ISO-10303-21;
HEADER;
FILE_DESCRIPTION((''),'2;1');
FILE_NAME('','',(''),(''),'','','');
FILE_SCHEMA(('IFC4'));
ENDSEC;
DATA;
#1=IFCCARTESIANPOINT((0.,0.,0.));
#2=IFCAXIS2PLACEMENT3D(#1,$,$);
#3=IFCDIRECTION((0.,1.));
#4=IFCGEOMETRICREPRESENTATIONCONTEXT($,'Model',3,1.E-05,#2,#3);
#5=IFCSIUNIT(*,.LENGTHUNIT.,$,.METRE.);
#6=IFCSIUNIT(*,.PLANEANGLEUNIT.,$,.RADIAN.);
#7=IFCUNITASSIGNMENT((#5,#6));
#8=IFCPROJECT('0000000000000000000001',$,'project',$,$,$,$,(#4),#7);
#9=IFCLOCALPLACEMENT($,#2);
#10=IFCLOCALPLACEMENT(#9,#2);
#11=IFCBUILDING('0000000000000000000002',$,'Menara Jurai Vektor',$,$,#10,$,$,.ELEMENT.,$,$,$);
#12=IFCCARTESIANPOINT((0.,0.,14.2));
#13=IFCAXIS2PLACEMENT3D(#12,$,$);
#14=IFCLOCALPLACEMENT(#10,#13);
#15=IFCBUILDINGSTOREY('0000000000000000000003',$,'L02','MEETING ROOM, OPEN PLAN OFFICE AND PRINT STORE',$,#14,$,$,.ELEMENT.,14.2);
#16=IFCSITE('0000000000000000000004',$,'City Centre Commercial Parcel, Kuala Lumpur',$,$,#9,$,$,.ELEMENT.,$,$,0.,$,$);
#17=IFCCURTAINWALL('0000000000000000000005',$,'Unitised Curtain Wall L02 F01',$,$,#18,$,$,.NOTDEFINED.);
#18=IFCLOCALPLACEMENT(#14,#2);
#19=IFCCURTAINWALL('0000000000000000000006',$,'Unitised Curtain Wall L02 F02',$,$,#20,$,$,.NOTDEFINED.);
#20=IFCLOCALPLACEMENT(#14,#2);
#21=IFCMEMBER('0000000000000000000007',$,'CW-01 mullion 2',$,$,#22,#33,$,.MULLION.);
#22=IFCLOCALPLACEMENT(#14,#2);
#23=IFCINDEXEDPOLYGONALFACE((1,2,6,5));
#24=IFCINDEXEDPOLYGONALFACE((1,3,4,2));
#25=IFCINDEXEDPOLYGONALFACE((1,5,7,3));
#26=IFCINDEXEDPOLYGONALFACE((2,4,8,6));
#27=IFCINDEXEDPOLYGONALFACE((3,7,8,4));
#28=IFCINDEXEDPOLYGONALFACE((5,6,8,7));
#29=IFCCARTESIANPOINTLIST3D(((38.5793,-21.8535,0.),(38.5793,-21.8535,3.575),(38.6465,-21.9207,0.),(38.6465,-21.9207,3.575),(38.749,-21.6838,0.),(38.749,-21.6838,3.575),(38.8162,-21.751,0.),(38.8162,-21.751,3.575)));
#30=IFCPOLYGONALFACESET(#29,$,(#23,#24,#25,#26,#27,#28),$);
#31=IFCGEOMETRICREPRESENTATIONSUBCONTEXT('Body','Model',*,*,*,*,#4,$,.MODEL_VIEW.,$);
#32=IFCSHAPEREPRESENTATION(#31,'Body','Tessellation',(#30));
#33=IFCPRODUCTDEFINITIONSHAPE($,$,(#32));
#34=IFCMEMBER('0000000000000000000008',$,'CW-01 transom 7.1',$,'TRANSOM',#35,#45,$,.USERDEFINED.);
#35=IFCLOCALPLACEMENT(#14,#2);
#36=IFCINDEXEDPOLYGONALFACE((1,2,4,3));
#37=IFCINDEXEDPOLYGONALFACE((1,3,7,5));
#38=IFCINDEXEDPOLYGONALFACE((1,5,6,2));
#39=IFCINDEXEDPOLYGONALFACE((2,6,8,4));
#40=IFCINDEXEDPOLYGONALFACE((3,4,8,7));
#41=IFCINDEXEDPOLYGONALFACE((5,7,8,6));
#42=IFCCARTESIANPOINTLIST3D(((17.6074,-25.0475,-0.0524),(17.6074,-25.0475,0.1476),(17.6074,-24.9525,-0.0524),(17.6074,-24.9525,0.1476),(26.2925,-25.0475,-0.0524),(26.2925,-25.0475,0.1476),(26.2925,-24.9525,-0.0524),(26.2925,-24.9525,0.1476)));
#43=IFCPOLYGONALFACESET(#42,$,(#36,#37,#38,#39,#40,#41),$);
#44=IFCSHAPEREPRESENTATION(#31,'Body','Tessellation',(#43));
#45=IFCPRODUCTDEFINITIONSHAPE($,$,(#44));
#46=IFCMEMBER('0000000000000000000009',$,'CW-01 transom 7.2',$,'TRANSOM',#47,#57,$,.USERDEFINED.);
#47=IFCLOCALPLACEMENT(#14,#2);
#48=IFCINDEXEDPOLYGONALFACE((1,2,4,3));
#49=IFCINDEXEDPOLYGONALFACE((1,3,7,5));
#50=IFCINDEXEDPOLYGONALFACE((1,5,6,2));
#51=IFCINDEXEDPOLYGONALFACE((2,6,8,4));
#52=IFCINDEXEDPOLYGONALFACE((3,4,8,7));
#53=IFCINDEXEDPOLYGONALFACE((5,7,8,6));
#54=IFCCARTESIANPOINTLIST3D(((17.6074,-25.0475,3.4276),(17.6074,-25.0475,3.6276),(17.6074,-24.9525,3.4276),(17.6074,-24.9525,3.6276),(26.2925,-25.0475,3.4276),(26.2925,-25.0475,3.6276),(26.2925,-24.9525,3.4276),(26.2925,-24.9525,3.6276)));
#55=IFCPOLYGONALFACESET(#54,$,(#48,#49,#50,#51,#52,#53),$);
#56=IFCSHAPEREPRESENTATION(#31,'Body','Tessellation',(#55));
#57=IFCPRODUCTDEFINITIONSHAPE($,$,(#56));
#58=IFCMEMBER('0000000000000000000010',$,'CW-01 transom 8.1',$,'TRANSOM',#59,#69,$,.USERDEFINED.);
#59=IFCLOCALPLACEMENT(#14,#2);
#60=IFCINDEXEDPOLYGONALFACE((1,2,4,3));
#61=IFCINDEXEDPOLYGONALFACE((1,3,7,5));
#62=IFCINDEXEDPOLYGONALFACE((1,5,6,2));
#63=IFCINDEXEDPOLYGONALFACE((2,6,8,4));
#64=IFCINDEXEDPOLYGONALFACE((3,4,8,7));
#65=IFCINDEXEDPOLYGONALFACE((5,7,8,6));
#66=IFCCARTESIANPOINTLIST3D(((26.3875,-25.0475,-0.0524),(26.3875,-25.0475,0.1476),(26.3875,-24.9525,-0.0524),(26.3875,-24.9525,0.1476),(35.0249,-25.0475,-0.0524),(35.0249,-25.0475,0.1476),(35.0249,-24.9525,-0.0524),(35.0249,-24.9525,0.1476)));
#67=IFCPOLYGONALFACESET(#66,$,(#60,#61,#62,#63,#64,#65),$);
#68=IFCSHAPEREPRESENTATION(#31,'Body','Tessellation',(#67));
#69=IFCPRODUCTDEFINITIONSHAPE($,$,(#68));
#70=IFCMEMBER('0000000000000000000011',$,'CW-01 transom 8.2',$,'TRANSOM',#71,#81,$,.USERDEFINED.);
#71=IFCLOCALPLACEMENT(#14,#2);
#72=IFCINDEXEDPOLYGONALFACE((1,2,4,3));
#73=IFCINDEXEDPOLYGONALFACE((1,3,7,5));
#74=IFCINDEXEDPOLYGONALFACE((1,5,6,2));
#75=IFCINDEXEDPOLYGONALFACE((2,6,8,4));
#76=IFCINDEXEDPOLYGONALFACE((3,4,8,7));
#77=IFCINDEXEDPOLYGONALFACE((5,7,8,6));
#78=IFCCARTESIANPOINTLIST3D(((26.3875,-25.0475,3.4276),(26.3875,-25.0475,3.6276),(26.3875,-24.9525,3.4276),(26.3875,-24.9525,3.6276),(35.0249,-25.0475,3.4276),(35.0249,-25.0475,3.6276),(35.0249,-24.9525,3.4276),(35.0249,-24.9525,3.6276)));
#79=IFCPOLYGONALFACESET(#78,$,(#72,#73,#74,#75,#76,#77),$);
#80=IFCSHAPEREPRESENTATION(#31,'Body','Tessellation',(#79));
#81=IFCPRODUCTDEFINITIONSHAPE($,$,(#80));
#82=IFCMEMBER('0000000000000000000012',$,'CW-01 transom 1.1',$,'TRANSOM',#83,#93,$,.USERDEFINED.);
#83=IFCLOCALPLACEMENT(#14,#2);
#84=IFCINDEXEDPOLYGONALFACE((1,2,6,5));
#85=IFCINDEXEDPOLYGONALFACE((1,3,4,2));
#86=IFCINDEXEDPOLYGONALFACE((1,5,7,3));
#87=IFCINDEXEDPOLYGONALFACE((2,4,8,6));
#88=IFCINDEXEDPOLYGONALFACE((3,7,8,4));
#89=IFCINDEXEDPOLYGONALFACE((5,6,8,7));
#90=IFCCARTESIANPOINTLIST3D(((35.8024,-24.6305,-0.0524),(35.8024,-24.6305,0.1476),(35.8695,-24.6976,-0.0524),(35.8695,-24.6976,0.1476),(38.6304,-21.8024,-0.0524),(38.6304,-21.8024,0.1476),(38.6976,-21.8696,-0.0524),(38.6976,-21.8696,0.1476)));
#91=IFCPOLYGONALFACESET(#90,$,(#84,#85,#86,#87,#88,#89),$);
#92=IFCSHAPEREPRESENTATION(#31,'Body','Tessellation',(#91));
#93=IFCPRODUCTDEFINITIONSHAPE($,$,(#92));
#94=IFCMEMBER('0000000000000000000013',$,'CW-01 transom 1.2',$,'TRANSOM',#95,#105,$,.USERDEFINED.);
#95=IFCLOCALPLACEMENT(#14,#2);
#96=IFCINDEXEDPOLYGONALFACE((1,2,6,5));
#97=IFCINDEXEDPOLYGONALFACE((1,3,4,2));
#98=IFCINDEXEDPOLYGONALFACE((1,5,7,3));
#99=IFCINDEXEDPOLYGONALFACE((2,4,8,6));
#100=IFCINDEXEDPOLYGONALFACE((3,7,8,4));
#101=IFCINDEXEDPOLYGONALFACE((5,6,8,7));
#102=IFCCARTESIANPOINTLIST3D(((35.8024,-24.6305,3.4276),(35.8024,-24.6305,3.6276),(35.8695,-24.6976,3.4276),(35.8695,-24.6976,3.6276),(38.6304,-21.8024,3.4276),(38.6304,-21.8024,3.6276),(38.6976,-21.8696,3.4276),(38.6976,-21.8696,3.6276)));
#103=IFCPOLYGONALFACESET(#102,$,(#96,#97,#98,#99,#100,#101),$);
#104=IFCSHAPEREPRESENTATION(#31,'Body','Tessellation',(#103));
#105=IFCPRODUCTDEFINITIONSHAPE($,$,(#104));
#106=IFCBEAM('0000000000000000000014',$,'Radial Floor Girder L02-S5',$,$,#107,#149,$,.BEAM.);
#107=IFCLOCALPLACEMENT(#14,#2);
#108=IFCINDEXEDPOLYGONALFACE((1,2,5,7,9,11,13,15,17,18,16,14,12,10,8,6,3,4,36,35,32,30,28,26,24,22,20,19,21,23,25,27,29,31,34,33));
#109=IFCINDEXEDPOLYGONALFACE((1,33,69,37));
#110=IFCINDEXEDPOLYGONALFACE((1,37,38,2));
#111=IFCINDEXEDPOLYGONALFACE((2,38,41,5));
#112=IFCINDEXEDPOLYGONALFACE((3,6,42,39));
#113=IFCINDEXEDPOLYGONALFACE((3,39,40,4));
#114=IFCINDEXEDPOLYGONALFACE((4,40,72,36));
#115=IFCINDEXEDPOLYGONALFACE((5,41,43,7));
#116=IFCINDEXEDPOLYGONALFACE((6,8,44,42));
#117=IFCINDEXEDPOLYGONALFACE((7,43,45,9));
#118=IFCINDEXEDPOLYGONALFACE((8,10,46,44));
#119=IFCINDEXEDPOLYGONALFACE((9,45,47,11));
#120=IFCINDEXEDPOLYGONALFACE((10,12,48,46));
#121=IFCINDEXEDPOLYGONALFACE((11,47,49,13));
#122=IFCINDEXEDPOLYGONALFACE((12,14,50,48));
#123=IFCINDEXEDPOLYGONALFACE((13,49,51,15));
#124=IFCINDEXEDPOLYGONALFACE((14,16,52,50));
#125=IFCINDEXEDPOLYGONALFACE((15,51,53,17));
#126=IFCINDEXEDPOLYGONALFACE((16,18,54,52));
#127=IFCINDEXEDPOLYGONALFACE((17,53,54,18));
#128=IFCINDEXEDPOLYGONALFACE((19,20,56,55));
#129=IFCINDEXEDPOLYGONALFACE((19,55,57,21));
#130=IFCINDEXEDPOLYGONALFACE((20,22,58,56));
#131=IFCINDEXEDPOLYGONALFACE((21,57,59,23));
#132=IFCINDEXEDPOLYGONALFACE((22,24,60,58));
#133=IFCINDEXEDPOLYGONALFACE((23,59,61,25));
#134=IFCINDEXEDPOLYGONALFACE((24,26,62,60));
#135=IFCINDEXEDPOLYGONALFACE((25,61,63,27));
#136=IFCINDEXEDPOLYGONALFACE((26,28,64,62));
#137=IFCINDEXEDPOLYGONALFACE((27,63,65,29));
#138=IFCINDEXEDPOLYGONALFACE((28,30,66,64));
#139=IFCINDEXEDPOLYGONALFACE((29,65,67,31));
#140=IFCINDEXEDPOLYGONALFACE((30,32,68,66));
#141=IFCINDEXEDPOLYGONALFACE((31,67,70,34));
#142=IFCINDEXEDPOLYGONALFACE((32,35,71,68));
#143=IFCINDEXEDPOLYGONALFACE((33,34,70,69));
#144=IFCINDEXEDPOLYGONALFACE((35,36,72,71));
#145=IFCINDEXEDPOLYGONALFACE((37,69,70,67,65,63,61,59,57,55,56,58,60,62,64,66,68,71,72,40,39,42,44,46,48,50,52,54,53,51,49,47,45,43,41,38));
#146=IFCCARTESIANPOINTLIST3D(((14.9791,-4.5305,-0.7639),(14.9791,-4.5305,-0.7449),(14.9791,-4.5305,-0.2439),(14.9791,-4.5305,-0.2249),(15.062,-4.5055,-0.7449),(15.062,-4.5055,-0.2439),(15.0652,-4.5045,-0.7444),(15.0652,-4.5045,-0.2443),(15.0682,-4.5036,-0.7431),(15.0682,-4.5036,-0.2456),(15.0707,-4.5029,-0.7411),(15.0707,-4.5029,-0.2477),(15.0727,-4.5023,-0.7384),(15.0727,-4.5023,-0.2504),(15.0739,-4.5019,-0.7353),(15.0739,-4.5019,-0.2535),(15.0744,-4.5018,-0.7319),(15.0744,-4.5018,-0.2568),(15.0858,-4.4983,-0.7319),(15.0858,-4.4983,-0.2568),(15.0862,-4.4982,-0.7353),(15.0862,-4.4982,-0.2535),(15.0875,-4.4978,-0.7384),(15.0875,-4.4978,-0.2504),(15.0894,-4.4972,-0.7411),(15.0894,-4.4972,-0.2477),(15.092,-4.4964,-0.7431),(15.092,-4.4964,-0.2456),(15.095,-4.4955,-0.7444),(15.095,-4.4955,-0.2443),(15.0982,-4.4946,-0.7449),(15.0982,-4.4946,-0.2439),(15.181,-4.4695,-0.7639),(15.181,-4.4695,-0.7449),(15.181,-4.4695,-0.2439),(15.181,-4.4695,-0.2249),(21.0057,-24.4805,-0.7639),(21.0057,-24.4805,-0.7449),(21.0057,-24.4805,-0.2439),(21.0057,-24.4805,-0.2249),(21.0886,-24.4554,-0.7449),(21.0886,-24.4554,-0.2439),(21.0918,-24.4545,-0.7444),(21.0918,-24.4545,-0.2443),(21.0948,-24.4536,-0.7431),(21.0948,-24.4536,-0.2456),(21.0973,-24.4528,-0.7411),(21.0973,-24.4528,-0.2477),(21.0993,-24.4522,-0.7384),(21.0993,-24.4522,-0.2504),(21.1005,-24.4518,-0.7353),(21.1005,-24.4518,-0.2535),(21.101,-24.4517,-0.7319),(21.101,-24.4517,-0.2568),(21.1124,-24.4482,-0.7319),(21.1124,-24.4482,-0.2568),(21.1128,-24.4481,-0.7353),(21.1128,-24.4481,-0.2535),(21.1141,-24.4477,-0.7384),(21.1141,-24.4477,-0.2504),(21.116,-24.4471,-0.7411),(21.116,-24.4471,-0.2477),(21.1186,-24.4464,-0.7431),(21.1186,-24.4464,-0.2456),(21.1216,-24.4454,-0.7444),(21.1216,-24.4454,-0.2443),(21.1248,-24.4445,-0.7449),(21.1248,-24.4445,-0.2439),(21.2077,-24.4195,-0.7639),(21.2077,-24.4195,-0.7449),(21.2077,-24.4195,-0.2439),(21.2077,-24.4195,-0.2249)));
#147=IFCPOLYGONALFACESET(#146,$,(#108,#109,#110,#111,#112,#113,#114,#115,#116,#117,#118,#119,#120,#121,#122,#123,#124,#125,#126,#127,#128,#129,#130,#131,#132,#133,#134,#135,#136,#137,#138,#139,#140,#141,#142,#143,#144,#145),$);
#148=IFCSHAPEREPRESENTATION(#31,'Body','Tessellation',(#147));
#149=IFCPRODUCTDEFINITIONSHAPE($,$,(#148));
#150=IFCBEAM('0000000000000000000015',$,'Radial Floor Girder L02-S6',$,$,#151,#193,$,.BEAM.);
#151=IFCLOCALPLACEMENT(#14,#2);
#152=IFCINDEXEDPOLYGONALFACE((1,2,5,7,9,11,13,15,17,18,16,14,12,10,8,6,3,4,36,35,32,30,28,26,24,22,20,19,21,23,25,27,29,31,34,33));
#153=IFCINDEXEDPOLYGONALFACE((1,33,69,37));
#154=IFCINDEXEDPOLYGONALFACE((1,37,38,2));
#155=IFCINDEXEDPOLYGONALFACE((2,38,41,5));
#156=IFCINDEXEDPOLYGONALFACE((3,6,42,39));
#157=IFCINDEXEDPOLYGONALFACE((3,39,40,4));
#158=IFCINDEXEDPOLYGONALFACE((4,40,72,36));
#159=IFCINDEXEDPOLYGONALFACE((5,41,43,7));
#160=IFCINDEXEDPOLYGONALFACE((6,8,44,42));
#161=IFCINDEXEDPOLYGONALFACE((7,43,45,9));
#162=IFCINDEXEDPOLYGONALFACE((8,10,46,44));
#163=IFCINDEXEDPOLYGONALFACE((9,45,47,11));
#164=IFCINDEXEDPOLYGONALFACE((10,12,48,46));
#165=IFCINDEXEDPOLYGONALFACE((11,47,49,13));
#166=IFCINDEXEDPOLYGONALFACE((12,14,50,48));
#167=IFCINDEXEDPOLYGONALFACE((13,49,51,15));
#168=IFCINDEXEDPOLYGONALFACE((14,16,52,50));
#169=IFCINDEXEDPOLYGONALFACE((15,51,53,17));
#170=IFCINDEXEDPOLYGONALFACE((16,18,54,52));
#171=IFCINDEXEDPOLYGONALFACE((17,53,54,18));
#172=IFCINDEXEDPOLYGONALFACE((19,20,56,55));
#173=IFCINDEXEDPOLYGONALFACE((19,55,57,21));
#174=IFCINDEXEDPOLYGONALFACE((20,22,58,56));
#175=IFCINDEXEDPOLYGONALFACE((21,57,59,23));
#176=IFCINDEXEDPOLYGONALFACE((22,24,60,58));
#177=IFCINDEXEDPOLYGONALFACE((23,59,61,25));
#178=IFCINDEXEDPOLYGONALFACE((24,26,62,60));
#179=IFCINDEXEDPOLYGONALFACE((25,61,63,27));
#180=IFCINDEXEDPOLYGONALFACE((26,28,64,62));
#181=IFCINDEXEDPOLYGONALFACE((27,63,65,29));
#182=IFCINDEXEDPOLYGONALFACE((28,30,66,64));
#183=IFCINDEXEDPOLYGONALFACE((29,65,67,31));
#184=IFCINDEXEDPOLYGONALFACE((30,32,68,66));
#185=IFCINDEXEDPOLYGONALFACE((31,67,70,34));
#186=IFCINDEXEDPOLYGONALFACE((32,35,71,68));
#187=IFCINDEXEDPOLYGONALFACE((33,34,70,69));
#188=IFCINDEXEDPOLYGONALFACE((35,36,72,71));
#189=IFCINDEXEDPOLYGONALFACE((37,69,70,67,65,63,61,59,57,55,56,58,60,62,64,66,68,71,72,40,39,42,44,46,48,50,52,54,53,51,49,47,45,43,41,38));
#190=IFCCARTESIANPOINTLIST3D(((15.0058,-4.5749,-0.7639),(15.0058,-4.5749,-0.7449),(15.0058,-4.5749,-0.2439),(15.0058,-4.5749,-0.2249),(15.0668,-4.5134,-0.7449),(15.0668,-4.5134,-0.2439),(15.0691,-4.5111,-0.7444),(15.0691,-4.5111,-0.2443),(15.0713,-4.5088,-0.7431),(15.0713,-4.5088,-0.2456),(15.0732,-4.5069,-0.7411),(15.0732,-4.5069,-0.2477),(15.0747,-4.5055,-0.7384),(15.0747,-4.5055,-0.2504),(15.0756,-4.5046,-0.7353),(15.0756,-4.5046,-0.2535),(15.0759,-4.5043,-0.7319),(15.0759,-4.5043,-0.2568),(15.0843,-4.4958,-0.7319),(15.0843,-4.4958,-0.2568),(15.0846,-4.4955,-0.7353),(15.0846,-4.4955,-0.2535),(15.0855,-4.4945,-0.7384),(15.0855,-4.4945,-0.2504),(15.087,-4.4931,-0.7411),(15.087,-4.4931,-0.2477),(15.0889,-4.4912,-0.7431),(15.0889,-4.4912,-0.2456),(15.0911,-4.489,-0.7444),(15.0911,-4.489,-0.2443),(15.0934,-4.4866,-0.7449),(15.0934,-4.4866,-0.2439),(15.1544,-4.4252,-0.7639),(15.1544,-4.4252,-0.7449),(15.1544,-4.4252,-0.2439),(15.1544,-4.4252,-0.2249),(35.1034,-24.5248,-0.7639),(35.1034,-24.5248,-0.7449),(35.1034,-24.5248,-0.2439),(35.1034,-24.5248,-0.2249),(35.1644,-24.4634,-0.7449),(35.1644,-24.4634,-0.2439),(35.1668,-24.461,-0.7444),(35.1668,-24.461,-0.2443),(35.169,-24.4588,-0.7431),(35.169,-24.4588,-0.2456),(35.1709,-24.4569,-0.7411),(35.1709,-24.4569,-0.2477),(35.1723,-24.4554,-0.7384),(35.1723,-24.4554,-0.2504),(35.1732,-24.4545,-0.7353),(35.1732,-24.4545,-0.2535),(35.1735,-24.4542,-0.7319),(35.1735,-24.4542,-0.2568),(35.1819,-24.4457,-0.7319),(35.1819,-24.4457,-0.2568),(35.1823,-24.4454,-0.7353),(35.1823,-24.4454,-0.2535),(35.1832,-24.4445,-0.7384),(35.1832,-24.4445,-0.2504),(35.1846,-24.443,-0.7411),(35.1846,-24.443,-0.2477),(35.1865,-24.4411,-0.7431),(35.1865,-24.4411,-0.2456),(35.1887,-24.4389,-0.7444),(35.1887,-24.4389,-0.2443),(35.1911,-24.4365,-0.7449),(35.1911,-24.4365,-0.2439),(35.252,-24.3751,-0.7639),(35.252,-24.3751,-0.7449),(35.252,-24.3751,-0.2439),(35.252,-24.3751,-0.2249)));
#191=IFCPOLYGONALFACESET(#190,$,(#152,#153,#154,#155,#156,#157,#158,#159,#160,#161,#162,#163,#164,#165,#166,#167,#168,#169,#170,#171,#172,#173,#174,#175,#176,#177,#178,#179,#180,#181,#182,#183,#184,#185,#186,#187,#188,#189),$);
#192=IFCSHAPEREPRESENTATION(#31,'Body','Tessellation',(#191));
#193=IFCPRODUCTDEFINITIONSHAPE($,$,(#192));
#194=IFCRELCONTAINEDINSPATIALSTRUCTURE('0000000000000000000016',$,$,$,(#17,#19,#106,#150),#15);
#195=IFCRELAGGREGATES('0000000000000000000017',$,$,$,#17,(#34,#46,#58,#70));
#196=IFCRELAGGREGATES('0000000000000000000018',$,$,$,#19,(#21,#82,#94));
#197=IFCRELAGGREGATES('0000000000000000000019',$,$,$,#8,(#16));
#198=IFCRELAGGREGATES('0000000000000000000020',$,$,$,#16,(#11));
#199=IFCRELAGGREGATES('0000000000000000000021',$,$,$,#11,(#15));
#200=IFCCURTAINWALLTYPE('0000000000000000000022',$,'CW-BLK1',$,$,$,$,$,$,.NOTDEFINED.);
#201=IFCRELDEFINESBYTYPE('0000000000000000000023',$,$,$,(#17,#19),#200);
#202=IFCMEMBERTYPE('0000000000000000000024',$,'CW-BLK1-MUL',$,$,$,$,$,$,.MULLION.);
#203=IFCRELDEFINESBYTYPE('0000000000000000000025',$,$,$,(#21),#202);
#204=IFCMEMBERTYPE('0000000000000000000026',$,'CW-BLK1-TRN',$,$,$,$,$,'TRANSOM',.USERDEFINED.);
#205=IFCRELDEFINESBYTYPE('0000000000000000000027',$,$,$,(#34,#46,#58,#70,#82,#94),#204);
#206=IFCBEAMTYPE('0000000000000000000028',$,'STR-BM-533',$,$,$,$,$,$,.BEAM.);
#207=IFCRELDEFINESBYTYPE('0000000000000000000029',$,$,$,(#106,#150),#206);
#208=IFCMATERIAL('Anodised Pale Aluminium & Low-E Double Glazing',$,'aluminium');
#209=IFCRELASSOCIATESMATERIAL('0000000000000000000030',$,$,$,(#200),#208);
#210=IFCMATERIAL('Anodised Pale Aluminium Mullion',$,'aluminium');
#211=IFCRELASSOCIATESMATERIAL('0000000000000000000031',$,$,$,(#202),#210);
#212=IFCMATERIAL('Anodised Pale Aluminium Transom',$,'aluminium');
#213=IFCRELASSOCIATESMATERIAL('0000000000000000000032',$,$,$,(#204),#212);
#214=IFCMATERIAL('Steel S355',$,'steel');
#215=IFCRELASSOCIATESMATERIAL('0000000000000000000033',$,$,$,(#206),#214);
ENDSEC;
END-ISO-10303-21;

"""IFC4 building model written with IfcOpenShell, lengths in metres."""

from ifc_helpers import new_model, si_unit, direction, frame, origin, origin_2d, place, context, subcontext, project, spatial, rectangle, i_section, extrude, material, material_profile, profile_set, type_object, element, aggregate, save


model = new_model("IFC4")

# Units and contexts
model_context = context("Model", 3, precision=1e-05, world=origin(), true_north=direction((0.0, 1.0)))
body_context = subcontext(model_context, "Body", "Model", "MODEL_VIEW")
ifc_project = project(units=[si_unit("LENGTHUNIT", "METRE"), si_unit("PLANEANGLEUNIT", "RADIAN")], contexts=[model_context])

# Site, building, storey
site_placement = place(None, origin())
site = spatial("IfcSite", under=ifc_project, at=site_placement, Name="City Centre Commercial Parcel, Kuala Lumpur", CompositionType="ELEMENT", RefElevation=0.0)
building_placement = place(site_placement, origin())
building = spatial("IfcBuilding", under=site, at=building_placement, Name="Menara Jurai Vektor", CompositionType="ELEMENT")
storey_placement = place(building_placement, frame((0.0, 0.0, 14.2)))
storey = spatial("IfcBuildingStorey", under=building, at=storey_placement, Name="L02", Description="MEETING ROOM, OPEN PLAN OFFICE AND PRINT STORE", CompositionType="ELEMENT", Elevation=14.2)

# Curtain walls, member
ifc_material_1 = material(Name="Anodised Pale Aluminium & Low-E Double Glazing", Category="aluminium")
curtain_wall_type = type_object("IfcCurtainWallType", Name="CW-BLK1", PredefinedType="NOTDEFINED", material=ifc_material_1)
curtain_wall_1_placement = place(storey_placement, origin())
curtain_wall_1 = element("IfcCurtainWall", 1, at=curtain_wall_1_placement, inside=storey, type_object=curtain_wall_type, Name="Unitised Curtain Wall L02 F01", PredefinedType="NOTDEFINED")
ifc_material_2 = material(Name="Anodised Pale Aluminium Mullion", Category="aluminium")
ifc_material_profile_1 = material_profile(ifc_material_2, rectangle(XDim=0.095, YDim=0.24, at=origin_2d()), Name="ALU MUL 95x240")
ifc_profile_set_1 = profile_set([ifc_material_profile_1], Name="Anodised Pale Aluminium Mullion")
member_type_1 = type_object("IfcMemberType", Name="CW-BLK1-MUL", PredefinedType="MULLION", material=ifc_profile_set_1)
curtain_wall_2_placement = place(storey_placement, origin())
curtain_wall_2 = element("IfcCurtainWall", 2, at=curtain_wall_2_placement, inside=storey, type_object=curtain_wall_type, Name="Unitised Curtain Wall L02 F02", PredefinedType="NOTDEFINED")
member_1_placement = place(storey_placement, frame((38.6978, -21.8022, 0.0), z_axis=(0.0, 0.0, 1.0), x_axis=(-0.707107, 0.707107, 0.0)))
member_1 = element("IfcMember", 3, at=member_1_placement, type_object=member_type_1, Name="CW-01 mullion 2", PredefinedType="MULLION", context=body_context, shape_type="SweptSolid", body=[
    extrude(rectangle(XDim=0.095, YDim=0.24, at=origin_2d()), origin(), (0.0, 0.0, 1.0), 3.575),
])

# Members
ifc_material_3 = material(Name="Anodised Pale Aluminium Transom", Category="aluminium")
ifc_material_profile_2 = material_profile(ifc_material_3, rectangle(XDim=0.095, YDim=0.2, at=origin_2d()), Name="ALU TRN 95x200")
ifc_profile_set_2 = profile_set([ifc_material_profile_2], Name="Anodised Pale Aluminium Transom")
member_type_2 = type_object("IfcMemberType", Name="CW-BLK1-TRN", ElementType="TRANSOM", PredefinedType="USERDEFINED", material=ifc_profile_set_2)
member_2_placement = place(storey_placement, frame((17.6074, -25.0, 0.0476), z_axis=(1.0, 0.0, 0.0), x_axis=(0.0, 1.0, 0.0)))
member_2 = element("IfcMember", 4, at=member_2_placement, type_object=member_type_2, Name="CW-01 transom 7.1", ObjectType="TRANSOM", PredefinedType="USERDEFINED", context=body_context, shape_type="SweptSolid", body=[
    extrude(rectangle(XDim=0.095, YDim=0.2, at=origin_2d()), origin(), (0.0, 0.0, 1.0), 8.6851),
])
member_3_placement = place(storey_placement, frame((17.6074, -25.0, 3.5276), z_axis=(1.0, 0.0, 0.0), x_axis=(0.0, 1.0, 0.0)))
member_3 = element("IfcMember", 5, at=member_3_placement, type_object=member_type_2, Name="CW-01 transom 7.2", ObjectType="TRANSOM", PredefinedType="USERDEFINED", context=body_context, shape_type="SweptSolid", body=[
    extrude(rectangle(XDim=0.095, YDim=0.2, at=origin_2d()), origin(), (0.0, 0.0, 1.0), 8.6851),
])
member_4_placement = place(storey_placement, frame((26.3875, -25.0, 0.0476), z_axis=(1.0, 0.0, 0.0), x_axis=(0.0, 1.0, 0.0)))
member_4 = element("IfcMember", 6, at=member_4_placement, type_object=member_type_2, Name="CW-01 transom 8.1", ObjectType="TRANSOM", PredefinedType="USERDEFINED", context=body_context, shape_type="SweptSolid", body=[
    extrude(rectangle(XDim=0.095, YDim=0.2, at=origin_2d()), origin(), (0.0, 0.0, 1.0), 8.6375),
])
member_5_placement = place(storey_placement, frame((26.3875, -25.0, 3.5276), z_axis=(1.0, 0.0, 0.0), x_axis=(0.0, 1.0, 0.0)))
member_5 = element("IfcMember", 7, at=member_5_placement, type_object=member_type_2, Name="CW-01 transom 8.2", ObjectType="TRANSOM", PredefinedType="USERDEFINED", context=body_context, shape_type="SweptSolid", body=[
    extrude(rectangle(XDim=0.095, YDim=0.2, at=origin_2d()), origin(), (0.0, 0.0, 1.0), 8.6375),
])
member_6_placement = place(storey_placement, frame((35.8359, -24.6641, 0.0476), z_axis=(0.707107, 0.707107, 0.0), x_axis=(-0.707107, 0.707107, 0.0)))
member_6 = element("IfcMember", 8, at=member_6_placement, type_object=member_type_2, Name="CW-01 transom 1.1", ObjectType="TRANSOM", PredefinedType="USERDEFINED", context=body_context, shape_type="SweptSolid", body=[
    extrude(rectangle(XDim=0.095, YDim=0.2, at=origin_2d()), origin(), (0.0, 0.0, 1.0), 3.9995),
])
member_7_placement = place(storey_placement, frame((35.8359, -24.6641, 3.5276), z_axis=(0.707107, 0.707107, 0.0), x_axis=(-0.707107, 0.707107, 0.0)))
member_7 = element("IfcMember", 9, at=member_7_placement, type_object=member_type_2, Name="CW-01 transom 1.2", ObjectType="TRANSOM", PredefinedType="USERDEFINED", context=body_context, shape_type="SweptSolid", body=[
    extrude(rectangle(XDim=0.095, YDim=0.2, at=origin_2d()), origin(), (0.0, 0.0, 1.0), 3.9995),
])

# Beams
ifc_material_4 = material(Name="Steel S355", Category="steel")
ifc_material_profile_3 = material_profile(ifc_material_4, i_section(OverallWidth=0.2109, OverallDepth=0.5391, WebThickness=0.012, FlangeThickness=0.019, FilletRadius=0.0129, at=origin_2d()), Name="UKB 533x210x109")
ifc_profile_set_3 = profile_set([ifc_material_profile_3], Name="Steel S355")
beam_type_1 = type_object("IfcBeamType", Name="STR-BM-533", PredefinedType="BEAM", material=ifc_profile_set_3)
beam_1_placement = place(storey_placement, frame((21.1067, -24.45, -0.4944), z_axis=(-0.28918, 0.957275, 0.0), x_axis=(-0.957275, -0.28918, 0.0)))
element("IfcBeam", 10, at=beam_1_placement, inside=storey, type_object=beam_type_1, Name="Radial Floor Girder L02-S5", PredefinedType="BEAM", context=body_context, shape_type="SweptSolid", body=[
    extrude(i_section(OverallWidth=0.2109, OverallDepth=0.5391, WebThickness=0.012, FlangeThickness=0.019, FilletRadius=0.0129, at=origin_2d()), origin(), (0.0, 0.0, 1.0), 20.8403),
])
beam_2_placement = place(storey_placement, frame((35.1777, -24.45, -0.4944), z_axis=(-0.70971, 0.704494, 0.0), x_axis=(-0.704494, -0.70971, 0.0)))
element("IfcBeam", 11, at=beam_2_placement, inside=storey, type_object=beam_type_1, Name="Radial Floor Girder L02-S6", PredefinedType="BEAM", context=body_context, shape_type="SweptSolid", body=[
    extrude(i_section(OverallWidth=0.2109, OverallDepth=0.5391, WebThickness=0.012, FlangeThickness=0.019, FilletRadius=0.0129, at=origin_2d()), origin(), (0.0, 0.0, 1.0), 28.3181),
])

aggregate(curtain_wall_1, [member_2, member_3, member_4, member_5])
aggregate(curtain_wall_2, [member_1, member_6, member_7])

save(model, "model.ifc")
